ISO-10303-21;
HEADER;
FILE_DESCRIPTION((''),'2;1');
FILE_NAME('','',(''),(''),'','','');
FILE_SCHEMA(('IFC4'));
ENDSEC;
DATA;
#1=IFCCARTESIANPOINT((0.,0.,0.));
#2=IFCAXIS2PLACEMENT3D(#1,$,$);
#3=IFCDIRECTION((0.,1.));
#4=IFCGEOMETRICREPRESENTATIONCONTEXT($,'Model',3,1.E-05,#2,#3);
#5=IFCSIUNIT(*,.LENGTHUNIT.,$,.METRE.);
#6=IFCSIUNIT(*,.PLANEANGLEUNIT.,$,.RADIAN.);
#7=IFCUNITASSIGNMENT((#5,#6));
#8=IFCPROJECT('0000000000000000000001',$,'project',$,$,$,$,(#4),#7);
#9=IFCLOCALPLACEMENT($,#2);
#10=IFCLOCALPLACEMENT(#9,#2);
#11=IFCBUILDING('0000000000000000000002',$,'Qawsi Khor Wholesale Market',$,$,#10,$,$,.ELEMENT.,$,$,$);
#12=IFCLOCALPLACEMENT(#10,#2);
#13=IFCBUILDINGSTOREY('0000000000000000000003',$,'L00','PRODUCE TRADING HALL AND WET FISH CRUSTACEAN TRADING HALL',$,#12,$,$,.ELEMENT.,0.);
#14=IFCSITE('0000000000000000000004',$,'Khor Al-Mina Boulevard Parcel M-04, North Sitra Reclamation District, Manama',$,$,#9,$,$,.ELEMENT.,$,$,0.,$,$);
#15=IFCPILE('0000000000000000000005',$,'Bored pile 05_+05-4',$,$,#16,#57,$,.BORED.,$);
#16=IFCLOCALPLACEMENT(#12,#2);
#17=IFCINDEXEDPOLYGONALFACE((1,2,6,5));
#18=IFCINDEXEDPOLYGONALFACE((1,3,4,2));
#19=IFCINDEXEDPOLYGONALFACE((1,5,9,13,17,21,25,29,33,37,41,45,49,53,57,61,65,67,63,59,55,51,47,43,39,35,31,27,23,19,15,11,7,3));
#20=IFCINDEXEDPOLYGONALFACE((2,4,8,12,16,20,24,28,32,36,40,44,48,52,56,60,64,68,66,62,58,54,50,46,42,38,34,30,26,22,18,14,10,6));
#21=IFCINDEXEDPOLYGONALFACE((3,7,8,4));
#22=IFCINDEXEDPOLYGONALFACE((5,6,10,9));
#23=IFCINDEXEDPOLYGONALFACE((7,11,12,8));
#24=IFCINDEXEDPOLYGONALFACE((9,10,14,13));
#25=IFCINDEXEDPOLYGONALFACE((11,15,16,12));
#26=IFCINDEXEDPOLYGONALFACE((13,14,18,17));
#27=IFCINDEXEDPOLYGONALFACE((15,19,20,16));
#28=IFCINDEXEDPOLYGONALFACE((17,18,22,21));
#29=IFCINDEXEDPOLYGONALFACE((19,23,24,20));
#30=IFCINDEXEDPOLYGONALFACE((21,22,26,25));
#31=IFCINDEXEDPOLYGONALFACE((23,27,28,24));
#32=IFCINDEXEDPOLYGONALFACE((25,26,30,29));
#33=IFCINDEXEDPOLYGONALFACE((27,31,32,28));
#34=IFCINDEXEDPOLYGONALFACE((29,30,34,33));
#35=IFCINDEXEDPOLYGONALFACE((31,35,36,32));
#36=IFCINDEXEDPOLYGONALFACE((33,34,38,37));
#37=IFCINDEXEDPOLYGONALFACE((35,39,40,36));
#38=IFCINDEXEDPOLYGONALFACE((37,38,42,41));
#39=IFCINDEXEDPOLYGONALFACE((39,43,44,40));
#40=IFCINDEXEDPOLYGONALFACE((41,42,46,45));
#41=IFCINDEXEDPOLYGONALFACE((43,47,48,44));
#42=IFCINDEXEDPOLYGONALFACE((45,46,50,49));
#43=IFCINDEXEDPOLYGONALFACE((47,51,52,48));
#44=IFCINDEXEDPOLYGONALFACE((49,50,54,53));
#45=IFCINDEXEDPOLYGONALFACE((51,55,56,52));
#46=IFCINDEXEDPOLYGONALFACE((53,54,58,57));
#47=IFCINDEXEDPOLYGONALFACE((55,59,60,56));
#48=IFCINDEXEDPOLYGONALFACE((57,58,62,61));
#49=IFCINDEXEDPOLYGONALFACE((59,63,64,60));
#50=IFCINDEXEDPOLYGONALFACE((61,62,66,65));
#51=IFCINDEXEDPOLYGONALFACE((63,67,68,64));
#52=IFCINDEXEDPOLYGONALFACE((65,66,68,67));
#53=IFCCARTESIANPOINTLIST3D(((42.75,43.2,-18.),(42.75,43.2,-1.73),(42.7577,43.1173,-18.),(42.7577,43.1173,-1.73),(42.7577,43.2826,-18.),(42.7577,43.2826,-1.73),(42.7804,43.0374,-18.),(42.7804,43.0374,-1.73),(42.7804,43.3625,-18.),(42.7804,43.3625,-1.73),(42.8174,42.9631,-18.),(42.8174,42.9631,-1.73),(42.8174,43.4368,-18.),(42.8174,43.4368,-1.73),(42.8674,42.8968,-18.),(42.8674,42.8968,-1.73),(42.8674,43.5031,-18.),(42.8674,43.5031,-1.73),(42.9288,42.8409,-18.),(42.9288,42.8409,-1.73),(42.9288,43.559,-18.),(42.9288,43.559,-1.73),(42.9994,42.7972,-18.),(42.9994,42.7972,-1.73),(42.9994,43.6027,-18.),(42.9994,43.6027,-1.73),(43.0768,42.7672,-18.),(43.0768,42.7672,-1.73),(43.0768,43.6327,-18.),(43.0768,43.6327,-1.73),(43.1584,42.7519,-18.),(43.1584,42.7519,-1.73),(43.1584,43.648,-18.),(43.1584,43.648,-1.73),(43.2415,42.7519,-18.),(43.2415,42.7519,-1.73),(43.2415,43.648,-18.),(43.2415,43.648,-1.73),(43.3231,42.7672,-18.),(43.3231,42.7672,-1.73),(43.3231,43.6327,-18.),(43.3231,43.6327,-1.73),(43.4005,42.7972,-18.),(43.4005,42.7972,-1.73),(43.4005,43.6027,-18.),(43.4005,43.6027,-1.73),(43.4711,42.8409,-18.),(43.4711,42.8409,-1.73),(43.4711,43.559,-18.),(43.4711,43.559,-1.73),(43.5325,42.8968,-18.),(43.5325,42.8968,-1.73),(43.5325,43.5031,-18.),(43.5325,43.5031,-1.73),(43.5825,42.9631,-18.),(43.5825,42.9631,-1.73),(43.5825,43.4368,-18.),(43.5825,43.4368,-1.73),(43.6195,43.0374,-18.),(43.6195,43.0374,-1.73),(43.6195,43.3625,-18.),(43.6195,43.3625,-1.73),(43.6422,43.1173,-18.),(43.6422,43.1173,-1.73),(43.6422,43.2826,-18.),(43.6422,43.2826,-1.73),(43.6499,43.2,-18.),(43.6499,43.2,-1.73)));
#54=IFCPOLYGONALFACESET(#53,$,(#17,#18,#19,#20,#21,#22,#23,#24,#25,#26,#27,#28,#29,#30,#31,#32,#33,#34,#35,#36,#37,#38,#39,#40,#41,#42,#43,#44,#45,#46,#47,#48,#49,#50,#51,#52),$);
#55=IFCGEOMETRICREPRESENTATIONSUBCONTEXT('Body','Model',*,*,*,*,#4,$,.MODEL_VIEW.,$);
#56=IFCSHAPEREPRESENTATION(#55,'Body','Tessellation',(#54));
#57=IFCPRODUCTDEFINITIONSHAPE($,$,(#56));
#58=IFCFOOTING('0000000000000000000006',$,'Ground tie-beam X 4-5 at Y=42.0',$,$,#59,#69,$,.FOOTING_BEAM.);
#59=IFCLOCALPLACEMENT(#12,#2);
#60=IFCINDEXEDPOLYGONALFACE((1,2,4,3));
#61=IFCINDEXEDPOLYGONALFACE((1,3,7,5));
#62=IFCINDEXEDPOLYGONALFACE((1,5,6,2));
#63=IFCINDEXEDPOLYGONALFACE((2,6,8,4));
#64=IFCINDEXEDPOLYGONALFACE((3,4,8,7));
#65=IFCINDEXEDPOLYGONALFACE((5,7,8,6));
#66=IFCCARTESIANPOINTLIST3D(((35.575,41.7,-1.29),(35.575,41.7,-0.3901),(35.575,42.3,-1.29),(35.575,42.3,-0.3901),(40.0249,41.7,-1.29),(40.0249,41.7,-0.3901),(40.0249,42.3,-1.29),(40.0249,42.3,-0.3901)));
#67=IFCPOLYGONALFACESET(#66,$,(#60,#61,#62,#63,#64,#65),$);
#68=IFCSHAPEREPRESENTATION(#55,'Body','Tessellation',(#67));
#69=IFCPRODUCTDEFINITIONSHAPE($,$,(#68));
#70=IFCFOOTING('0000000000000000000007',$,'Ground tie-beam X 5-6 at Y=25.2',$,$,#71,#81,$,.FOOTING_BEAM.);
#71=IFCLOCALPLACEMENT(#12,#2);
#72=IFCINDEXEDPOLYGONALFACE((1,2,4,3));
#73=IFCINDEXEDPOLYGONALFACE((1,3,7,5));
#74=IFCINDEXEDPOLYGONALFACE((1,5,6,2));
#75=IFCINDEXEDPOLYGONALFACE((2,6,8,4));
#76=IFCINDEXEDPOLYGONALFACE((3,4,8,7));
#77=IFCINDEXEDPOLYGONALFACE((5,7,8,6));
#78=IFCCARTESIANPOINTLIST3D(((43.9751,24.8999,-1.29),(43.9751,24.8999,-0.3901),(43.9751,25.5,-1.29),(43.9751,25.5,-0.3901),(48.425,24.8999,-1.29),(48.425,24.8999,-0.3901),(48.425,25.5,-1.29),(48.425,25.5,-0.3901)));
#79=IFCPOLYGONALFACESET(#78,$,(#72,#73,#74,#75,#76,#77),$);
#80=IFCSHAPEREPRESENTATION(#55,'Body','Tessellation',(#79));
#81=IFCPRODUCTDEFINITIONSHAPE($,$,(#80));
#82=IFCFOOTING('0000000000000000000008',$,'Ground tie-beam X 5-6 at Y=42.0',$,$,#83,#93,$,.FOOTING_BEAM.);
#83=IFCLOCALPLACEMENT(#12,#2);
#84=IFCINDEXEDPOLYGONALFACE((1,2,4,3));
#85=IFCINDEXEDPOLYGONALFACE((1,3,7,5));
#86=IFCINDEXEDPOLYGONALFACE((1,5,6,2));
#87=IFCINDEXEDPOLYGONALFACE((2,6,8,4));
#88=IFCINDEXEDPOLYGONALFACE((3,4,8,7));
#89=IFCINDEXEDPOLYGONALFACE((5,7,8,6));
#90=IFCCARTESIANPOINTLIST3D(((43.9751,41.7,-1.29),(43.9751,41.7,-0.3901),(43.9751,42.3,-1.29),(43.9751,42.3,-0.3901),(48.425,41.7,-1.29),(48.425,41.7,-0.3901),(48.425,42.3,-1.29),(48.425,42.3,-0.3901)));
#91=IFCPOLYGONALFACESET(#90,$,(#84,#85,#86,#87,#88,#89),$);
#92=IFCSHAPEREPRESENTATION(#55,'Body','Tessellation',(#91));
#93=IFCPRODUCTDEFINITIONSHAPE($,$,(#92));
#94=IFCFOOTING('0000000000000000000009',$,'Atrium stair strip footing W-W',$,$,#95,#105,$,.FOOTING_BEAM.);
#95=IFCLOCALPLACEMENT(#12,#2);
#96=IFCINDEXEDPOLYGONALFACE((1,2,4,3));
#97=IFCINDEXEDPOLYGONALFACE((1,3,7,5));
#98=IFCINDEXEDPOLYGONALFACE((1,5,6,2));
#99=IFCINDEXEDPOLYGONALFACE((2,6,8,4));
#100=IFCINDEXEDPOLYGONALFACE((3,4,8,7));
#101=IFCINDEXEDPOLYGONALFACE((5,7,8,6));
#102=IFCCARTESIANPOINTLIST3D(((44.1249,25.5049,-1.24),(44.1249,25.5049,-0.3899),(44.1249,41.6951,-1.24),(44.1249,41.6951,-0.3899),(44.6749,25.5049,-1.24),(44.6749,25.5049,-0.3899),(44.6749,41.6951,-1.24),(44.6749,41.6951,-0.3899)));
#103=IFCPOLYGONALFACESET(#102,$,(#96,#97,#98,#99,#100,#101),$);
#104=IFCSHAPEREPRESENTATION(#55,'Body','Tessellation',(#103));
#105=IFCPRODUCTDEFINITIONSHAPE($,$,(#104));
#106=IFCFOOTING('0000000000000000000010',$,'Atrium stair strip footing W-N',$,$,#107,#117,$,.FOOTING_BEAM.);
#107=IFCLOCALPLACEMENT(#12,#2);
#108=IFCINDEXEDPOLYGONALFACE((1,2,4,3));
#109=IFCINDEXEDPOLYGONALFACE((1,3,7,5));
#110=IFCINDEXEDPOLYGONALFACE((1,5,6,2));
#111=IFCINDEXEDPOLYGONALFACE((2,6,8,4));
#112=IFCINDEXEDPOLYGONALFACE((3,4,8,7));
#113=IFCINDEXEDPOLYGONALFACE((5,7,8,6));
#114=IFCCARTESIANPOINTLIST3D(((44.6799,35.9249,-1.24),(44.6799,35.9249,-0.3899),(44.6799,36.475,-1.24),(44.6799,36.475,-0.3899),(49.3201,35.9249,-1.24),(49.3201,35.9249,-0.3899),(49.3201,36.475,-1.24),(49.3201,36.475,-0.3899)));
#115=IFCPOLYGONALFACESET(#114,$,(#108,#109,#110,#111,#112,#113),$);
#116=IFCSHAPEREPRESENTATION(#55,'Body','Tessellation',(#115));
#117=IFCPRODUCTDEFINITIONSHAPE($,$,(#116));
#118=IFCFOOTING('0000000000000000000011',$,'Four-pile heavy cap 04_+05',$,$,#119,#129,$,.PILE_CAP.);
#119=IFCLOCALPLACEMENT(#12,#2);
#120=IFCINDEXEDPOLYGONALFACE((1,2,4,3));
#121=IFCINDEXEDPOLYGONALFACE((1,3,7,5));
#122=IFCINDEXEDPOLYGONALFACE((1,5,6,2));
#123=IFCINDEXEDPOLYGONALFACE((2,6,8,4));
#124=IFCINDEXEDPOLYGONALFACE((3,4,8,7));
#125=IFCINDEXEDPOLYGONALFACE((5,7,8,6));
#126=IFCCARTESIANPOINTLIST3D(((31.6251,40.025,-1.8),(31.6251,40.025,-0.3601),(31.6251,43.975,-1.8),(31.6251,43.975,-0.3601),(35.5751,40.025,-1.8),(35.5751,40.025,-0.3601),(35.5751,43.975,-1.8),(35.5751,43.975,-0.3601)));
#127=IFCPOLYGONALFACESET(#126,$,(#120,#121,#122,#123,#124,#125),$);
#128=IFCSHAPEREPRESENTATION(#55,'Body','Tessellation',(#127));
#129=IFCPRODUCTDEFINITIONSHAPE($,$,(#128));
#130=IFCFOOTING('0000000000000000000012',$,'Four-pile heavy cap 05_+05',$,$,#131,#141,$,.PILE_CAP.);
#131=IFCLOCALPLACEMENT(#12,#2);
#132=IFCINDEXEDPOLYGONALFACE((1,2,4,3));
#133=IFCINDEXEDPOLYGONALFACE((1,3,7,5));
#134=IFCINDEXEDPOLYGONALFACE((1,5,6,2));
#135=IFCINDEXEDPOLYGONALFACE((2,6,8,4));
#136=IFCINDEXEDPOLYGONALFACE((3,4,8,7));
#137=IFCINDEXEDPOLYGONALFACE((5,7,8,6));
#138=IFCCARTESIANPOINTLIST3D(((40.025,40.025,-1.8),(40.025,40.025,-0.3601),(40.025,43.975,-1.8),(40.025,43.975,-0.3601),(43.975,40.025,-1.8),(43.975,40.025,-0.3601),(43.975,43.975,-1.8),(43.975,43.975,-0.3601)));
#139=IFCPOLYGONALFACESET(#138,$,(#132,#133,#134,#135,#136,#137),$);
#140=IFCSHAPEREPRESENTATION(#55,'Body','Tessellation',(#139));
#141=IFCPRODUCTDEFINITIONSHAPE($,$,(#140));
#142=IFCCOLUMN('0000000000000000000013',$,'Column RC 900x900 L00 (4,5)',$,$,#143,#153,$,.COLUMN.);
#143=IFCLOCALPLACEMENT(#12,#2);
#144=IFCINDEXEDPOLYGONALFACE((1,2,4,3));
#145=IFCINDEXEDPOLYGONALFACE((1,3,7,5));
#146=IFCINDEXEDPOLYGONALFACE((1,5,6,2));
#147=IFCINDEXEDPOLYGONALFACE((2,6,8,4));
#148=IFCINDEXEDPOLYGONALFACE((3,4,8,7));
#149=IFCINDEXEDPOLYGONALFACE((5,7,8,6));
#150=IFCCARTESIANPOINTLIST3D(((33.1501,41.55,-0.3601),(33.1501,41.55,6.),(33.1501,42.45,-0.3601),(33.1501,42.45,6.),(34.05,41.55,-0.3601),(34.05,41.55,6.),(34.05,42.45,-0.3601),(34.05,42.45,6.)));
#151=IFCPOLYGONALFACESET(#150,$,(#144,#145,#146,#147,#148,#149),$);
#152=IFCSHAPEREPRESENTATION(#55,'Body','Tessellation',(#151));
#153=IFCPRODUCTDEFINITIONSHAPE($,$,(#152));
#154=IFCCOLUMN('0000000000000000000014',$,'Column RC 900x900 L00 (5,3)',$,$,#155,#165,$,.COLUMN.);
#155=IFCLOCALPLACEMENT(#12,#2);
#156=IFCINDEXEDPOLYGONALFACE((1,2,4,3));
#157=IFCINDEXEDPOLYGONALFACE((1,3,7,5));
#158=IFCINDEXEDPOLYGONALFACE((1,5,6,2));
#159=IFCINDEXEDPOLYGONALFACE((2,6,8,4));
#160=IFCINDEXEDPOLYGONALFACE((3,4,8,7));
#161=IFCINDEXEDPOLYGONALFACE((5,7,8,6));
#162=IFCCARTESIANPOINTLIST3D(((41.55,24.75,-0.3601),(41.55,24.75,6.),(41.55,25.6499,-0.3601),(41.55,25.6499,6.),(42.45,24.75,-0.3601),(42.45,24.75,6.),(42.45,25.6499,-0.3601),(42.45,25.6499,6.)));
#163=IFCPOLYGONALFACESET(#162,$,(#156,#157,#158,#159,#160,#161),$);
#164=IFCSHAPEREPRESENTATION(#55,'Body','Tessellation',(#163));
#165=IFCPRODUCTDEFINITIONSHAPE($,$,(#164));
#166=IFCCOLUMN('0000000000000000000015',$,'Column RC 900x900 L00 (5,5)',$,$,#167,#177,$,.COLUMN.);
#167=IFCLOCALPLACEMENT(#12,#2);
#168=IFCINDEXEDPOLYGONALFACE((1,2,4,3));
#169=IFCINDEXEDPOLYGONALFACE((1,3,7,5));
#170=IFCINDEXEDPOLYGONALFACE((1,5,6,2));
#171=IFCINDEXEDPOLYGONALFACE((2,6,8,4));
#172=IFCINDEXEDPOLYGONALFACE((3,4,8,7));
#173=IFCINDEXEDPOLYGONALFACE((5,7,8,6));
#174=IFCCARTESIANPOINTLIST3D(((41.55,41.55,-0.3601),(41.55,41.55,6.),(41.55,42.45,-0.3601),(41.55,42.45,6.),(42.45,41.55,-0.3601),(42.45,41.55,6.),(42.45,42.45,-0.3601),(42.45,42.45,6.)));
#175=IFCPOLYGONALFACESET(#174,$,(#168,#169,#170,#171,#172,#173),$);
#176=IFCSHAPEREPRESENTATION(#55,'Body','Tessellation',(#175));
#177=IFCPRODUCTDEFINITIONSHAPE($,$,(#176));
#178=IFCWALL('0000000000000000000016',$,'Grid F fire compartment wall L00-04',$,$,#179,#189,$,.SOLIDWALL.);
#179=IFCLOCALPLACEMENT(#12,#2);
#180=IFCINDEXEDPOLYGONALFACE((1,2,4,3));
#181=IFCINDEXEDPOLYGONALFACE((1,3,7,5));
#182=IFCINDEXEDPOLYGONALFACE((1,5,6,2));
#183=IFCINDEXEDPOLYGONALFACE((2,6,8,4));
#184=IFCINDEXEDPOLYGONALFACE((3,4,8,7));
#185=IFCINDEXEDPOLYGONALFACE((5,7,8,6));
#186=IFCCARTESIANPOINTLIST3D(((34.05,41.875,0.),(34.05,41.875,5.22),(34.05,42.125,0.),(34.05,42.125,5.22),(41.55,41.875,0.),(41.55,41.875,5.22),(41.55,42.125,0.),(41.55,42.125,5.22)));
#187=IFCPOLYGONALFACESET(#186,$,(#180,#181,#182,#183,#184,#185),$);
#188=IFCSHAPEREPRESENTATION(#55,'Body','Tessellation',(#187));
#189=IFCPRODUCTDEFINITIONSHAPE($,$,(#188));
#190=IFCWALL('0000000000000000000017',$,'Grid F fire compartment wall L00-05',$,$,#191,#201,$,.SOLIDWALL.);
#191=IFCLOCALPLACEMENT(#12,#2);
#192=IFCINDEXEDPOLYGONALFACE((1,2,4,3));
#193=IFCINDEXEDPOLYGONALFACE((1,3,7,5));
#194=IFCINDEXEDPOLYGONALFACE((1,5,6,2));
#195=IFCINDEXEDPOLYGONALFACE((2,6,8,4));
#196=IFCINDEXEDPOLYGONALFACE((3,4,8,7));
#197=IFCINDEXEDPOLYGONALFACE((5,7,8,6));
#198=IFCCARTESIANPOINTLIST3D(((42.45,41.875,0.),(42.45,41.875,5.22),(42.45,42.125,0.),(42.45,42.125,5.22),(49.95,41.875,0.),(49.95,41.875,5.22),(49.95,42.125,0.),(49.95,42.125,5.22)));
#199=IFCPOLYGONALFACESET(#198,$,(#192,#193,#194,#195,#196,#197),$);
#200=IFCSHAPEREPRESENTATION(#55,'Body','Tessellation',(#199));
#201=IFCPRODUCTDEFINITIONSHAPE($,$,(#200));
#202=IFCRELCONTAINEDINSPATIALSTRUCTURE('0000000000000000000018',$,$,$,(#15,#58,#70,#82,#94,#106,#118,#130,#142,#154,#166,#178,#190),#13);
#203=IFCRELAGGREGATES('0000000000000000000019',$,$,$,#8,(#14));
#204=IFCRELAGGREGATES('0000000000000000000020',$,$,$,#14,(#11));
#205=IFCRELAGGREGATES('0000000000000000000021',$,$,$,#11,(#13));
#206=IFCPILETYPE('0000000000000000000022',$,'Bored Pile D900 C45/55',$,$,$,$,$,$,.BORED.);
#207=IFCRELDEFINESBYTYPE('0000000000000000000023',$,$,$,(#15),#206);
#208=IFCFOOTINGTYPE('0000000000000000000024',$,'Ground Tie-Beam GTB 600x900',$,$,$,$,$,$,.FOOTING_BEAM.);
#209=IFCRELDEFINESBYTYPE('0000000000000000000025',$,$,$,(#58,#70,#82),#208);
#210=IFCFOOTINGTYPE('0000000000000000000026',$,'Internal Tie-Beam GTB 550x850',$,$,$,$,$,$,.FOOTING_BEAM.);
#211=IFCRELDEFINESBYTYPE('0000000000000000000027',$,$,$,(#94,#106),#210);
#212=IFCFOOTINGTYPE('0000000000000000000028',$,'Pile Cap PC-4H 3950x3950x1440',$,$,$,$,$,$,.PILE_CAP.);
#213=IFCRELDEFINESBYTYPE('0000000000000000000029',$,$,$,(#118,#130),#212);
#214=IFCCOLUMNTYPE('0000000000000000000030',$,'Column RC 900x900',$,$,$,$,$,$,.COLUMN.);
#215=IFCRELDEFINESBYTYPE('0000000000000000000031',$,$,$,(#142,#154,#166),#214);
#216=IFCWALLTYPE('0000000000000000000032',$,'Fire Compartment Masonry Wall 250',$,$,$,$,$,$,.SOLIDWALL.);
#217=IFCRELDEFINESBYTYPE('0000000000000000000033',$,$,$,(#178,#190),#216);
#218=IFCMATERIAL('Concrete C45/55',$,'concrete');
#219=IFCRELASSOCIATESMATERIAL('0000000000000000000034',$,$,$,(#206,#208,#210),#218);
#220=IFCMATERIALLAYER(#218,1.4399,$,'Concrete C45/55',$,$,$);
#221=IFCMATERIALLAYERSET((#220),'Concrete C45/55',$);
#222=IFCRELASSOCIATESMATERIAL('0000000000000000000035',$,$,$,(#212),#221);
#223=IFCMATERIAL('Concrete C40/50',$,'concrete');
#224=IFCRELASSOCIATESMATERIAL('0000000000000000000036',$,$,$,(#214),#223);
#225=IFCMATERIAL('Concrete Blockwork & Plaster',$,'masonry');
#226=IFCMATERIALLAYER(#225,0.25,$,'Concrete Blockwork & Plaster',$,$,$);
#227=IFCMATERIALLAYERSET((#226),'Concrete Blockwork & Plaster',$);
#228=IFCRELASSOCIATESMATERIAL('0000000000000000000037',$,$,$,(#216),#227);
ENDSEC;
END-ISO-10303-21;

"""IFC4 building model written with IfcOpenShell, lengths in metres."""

from ifc_helpers import new_model, si_unit, direction, frame, frame_2d, origin, origin_2d, place, context, subcontext, project, spatial, rectangle, circle, extrude, material, layer, layer_set, material_profile, profile_set, type_object, element, save


model = new_model("IFC4")

# Units and contexts
model_context = context("Model", 3, precision=1e-05, world=origin(), true_north=direction((0.0, 1.0)))
body_context = subcontext(model_context, "Body", "Model", "MODEL_VIEW")
ifc_project = project(units=[si_unit("LENGTHUNIT", "METRE"), si_unit("PLANEANGLEUNIT", "RADIAN")], contexts=[model_context])

# Site, building, storey
site_placement = place(None, origin())
site = spatial("IfcSite", under=ifc_project, at=site_placement, Name="Khor Al-Mina Boulevard Parcel M-04, North Sitra Reclamation District, Manama", CompositionType="ELEMENT", RefElevation=0.0)
building_placement = place(site_placement, origin())
building = spatial("IfcBuilding", under=site, at=building_placement, Name="Qawsi Khor Wholesale Market", CompositionType="ELEMENT")
storey_placement = place(building_placement, origin())
storey = spatial("IfcBuildingStorey", under=building, at=storey_placement, Name="L00", Description="PRODUCE TRADING HALL AND WET FISH CRUSTACEAN TRADING HALL", CompositionType="ELEMENT", Elevation=0.0)

# Pile
ifc_material_1 = material(Name="Concrete C45/55", Category="concrete")
ifc_material_profile_1 = material_profile(ifc_material_1, circle(Radius=0.45, at=origin_2d()), Name="PILE D900")
ifc_profile_set_1 = profile_set([ifc_material_profile_1], Name="Concrete C45/55")
pile_type_1 = type_object("IfcPileType", Name="Bored Pile D900 C45/55", PredefinedType="BORED", material=ifc_profile_set_1)
for number, where, z_axis, x_axis, name in (
    (1, (43.2, 43.2, -1.73), (0.0, 0.0, -1.0), (1.0, 0.0, 0.0), "Bored pile 05_+05-4"),
):
    element("IfcPile", number, at=place(storey_placement, frame(where, z_axis=z_axis, x_axis=x_axis)), inside=storey, type_object=pile_type_1, Name=name, PredefinedType="BORED", context=body_context, shape_type="SweptSolid", body=[
        extrude(circle(Radius=0.45, at=origin_2d()), origin(), (0.0, 0.0, 1.0), 16.27),
    ])

# Footings
ifc_material_profile_2 = material_profile(ifc_material_1, rectangle(XDim=0.6001, YDim=0.8999, at=origin_2d()), Name="RC 600x900")
ifc_profile_set_2 = profile_set([ifc_material_profile_2], Name="Concrete C45/55")
footing_type_1 = type_object("IfcFootingType", Name="Ground Tie-Beam GTB 600x900", PredefinedType="FOOTING_BEAM", material=ifc_profile_set_2)
for number, where, z_axis, x_axis, name in (
    (2, (35.575, 42.0, -0.8401), (1.0, 0.0, 0.0), (0.0, 1.0, 0.0), "Ground tie-beam X 4-5 at Y=42.0"),
    (3, (43.9751, 25.2, -0.8401), (1.0, 0.0, 0.0), (0.0, 1.0, 0.0), "Ground tie-beam X 5-6 at Y=25.2"),
    (4, (43.9751, 42.0, -0.8401), (1.0, 0.0, 0.0), (0.0, 1.0, 0.0), "Ground tie-beam X 5-6 at Y=42.0"),
):
    element("IfcFooting", number, at=place(storey_placement, frame(where, z_axis=z_axis, x_axis=x_axis)), inside=storey, type_object=footing_type_1, Name=name, PredefinedType="FOOTING_BEAM", context=body_context, shape_type="SweptSolid", body=[
        extrude(rectangle(XDim=0.6001, YDim=0.8999, at=origin_2d()), origin(), (0.0, 0.0, 1.0), 4.45),
    ])
ifc_material_profile_3 = material_profile(ifc_material_1, rectangle(XDim=0.55, YDim=0.8501, at=origin_2d()), Name="RC 550x850")
ifc_profile_set_3 = profile_set([ifc_material_profile_3], Name="Concrete C45/55")
footing_type_2 = type_object("IfcFootingType", Name="Internal Tie-Beam GTB 550x850", PredefinedType="FOOTING_BEAM", material=ifc_profile_set_3)
footing_1_placement = place(storey_placement, frame((44.3999, 25.5049, -0.8149), z_axis=(0.0, 1.0, 0.0), x_axis=(-1.0, 0.0, 0.0)))
element("IfcFooting", 5, at=footing_1_placement, inside=storey, type_object=footing_type_2, Name="Atrium stair strip footing W-W", PredefinedType="FOOTING_BEAM", context=body_context, shape_type="SweptSolid", body=[
    extrude(rectangle(XDim=0.55, YDim=0.8501, at=origin_2d()), origin(), (0.0, 0.0, 1.0), 16.1902),
])
footing_2_placement = place(storey_placement, frame((44.6799, 36.2, -0.8149), z_axis=(1.0, 0.0, 0.0), x_axis=(0.0, 1.0, 0.0)))
element("IfcFooting", 6, at=footing_2_placement, inside=storey, type_object=footing_type_2, Name="Atrium stair strip footing W-N", PredefinedType="FOOTING_BEAM", context=body_context, shape_type="SweptSolid", body=[
    extrude(rectangle(XDim=0.55, YDim=0.8501, at=origin_2d()), origin(), (0.0, 0.0, 1.0), 4.6401),
])
ifc_layer_1 = layer(ifc_material_1, 1.4399, Name="Concrete C45/55")
ifc_layer_set_1 = layer_set([ifc_layer_1], Name="Concrete C45/55")
footing_type_3 = type_object("IfcFootingType", Name="Pile Cap PC-4H 3950x3950x1440", PredefinedType="PILE_CAP", material=ifc_layer_set_1)
for number, where, z_axis, x_axis, name in (
    (7, (33.6001, 42.0, -1.8), (0.0, 0.0, 1.0), (1.0, 0.0, 0.0), "Four-pile heavy cap 04_+05"),
    (8, (42.0, 42.0, -1.8), (0.0, 0.0, 1.0), (1.0, 0.0, 0.0), "Four-pile heavy cap 05_+05"),
):
    element("IfcFooting", number, at=place(storey_placement, frame(where, z_axis=z_axis, x_axis=x_axis)), inside=storey, type_object=footing_type_3, Name=name, PredefinedType="PILE_CAP", context=body_context, shape_type="SweptSolid", body=[
        extrude(rectangle(XDim=3.95, YDim=3.95, at=origin_2d()), origin(), (0.0, 0.0, 1.0), 1.4399),
    ])

# Columns
ifc_material_2 = material(Name="Concrete C40/50", Category="concrete")
ifc_material_profile_4 = material_profile(ifc_material_2, rectangle(XDim=0.8999, YDim=0.8999, at=origin_2d()), Name="RC 900x900")
ifc_profile_set_4 = profile_set([ifc_material_profile_4], Name="Concrete C40/50")
column_type = type_object("IfcColumnType", Name="Column RC 900x900", PredefinedType="COLUMN", material=ifc_profile_set_4)
for number, where, z_axis, x_axis, name in (
    (9, (33.6001, 42.0, -0.3601), (0.0, 0.0, 1.0), (1.0, 0.0, 0.0), "Column RC 900x900 L00 (4,5)"),
    (10, (42.0, 25.2, -0.3601), (0.0, 0.0, 1.0), (1.0, 0.0, 0.0), "Column RC 900x900 L00 (5,3)"),
    (11, (42.0, 42.0, -0.3601), (0.0, 0.0, 1.0), (1.0, 0.0, 0.0), "Column RC 900x900 L00 (5,5)"),
):
    element("IfcColumn", number, at=place(storey_placement, frame(where, z_axis=z_axis, x_axis=x_axis)), inside=storey, type_object=column_type, Name=name, PredefinedType="COLUMN", context=body_context, shape_type="SweptSolid", body=[
        extrude(rectangle(XDim=0.8999, YDim=0.8999, at=origin_2d()), origin(), (0.0, 0.0, 1.0), 6.3601),
    ])

# Walls
ifc_material_3 = material(Name="Concrete Blockwork & Plaster", Category="masonry")
ifc_layer_2 = layer(ifc_material_3, 0.25, Name="Concrete Blockwork & Plaster")
ifc_layer_set_2 = layer_set([ifc_layer_2], Name="Concrete Blockwork & Plaster")
wall_type_1 = type_object("IfcWallType", Name="Fire Compartment Masonry Wall 250", PredefinedType="SOLIDWALL", material=ifc_layer_set_2)
for number, where, z_axis, x_axis, name in (
    (12, (34.05, 42.0, 0.0), (0.0, 0.0, 1.0), (1.0, 0.0, 0.0), "Grid F fire compartment wall L00-04"),
    (13, (42.45, 42.0, 0.0), (0.0, 0.0, 1.0), (1.0, 0.0, 0.0), "Grid F fire compartment wall L00-05"),
):
    element("IfcWall", number, at=place(storey_placement, frame(where, z_axis=z_axis, x_axis=x_axis)), inside=storey, type_object=wall_type_1, Name=name, PredefinedType="SOLIDWALL", context=body_context, shape_type="SweptSolid", body=[
        extrude(rectangle(XDim=7.5, YDim=0.25, at=frame_2d((3.75, 0.0))), origin(), (0.0, 0.0, 1.0), 5.22),
    ])

save(model, "model.ifc")
